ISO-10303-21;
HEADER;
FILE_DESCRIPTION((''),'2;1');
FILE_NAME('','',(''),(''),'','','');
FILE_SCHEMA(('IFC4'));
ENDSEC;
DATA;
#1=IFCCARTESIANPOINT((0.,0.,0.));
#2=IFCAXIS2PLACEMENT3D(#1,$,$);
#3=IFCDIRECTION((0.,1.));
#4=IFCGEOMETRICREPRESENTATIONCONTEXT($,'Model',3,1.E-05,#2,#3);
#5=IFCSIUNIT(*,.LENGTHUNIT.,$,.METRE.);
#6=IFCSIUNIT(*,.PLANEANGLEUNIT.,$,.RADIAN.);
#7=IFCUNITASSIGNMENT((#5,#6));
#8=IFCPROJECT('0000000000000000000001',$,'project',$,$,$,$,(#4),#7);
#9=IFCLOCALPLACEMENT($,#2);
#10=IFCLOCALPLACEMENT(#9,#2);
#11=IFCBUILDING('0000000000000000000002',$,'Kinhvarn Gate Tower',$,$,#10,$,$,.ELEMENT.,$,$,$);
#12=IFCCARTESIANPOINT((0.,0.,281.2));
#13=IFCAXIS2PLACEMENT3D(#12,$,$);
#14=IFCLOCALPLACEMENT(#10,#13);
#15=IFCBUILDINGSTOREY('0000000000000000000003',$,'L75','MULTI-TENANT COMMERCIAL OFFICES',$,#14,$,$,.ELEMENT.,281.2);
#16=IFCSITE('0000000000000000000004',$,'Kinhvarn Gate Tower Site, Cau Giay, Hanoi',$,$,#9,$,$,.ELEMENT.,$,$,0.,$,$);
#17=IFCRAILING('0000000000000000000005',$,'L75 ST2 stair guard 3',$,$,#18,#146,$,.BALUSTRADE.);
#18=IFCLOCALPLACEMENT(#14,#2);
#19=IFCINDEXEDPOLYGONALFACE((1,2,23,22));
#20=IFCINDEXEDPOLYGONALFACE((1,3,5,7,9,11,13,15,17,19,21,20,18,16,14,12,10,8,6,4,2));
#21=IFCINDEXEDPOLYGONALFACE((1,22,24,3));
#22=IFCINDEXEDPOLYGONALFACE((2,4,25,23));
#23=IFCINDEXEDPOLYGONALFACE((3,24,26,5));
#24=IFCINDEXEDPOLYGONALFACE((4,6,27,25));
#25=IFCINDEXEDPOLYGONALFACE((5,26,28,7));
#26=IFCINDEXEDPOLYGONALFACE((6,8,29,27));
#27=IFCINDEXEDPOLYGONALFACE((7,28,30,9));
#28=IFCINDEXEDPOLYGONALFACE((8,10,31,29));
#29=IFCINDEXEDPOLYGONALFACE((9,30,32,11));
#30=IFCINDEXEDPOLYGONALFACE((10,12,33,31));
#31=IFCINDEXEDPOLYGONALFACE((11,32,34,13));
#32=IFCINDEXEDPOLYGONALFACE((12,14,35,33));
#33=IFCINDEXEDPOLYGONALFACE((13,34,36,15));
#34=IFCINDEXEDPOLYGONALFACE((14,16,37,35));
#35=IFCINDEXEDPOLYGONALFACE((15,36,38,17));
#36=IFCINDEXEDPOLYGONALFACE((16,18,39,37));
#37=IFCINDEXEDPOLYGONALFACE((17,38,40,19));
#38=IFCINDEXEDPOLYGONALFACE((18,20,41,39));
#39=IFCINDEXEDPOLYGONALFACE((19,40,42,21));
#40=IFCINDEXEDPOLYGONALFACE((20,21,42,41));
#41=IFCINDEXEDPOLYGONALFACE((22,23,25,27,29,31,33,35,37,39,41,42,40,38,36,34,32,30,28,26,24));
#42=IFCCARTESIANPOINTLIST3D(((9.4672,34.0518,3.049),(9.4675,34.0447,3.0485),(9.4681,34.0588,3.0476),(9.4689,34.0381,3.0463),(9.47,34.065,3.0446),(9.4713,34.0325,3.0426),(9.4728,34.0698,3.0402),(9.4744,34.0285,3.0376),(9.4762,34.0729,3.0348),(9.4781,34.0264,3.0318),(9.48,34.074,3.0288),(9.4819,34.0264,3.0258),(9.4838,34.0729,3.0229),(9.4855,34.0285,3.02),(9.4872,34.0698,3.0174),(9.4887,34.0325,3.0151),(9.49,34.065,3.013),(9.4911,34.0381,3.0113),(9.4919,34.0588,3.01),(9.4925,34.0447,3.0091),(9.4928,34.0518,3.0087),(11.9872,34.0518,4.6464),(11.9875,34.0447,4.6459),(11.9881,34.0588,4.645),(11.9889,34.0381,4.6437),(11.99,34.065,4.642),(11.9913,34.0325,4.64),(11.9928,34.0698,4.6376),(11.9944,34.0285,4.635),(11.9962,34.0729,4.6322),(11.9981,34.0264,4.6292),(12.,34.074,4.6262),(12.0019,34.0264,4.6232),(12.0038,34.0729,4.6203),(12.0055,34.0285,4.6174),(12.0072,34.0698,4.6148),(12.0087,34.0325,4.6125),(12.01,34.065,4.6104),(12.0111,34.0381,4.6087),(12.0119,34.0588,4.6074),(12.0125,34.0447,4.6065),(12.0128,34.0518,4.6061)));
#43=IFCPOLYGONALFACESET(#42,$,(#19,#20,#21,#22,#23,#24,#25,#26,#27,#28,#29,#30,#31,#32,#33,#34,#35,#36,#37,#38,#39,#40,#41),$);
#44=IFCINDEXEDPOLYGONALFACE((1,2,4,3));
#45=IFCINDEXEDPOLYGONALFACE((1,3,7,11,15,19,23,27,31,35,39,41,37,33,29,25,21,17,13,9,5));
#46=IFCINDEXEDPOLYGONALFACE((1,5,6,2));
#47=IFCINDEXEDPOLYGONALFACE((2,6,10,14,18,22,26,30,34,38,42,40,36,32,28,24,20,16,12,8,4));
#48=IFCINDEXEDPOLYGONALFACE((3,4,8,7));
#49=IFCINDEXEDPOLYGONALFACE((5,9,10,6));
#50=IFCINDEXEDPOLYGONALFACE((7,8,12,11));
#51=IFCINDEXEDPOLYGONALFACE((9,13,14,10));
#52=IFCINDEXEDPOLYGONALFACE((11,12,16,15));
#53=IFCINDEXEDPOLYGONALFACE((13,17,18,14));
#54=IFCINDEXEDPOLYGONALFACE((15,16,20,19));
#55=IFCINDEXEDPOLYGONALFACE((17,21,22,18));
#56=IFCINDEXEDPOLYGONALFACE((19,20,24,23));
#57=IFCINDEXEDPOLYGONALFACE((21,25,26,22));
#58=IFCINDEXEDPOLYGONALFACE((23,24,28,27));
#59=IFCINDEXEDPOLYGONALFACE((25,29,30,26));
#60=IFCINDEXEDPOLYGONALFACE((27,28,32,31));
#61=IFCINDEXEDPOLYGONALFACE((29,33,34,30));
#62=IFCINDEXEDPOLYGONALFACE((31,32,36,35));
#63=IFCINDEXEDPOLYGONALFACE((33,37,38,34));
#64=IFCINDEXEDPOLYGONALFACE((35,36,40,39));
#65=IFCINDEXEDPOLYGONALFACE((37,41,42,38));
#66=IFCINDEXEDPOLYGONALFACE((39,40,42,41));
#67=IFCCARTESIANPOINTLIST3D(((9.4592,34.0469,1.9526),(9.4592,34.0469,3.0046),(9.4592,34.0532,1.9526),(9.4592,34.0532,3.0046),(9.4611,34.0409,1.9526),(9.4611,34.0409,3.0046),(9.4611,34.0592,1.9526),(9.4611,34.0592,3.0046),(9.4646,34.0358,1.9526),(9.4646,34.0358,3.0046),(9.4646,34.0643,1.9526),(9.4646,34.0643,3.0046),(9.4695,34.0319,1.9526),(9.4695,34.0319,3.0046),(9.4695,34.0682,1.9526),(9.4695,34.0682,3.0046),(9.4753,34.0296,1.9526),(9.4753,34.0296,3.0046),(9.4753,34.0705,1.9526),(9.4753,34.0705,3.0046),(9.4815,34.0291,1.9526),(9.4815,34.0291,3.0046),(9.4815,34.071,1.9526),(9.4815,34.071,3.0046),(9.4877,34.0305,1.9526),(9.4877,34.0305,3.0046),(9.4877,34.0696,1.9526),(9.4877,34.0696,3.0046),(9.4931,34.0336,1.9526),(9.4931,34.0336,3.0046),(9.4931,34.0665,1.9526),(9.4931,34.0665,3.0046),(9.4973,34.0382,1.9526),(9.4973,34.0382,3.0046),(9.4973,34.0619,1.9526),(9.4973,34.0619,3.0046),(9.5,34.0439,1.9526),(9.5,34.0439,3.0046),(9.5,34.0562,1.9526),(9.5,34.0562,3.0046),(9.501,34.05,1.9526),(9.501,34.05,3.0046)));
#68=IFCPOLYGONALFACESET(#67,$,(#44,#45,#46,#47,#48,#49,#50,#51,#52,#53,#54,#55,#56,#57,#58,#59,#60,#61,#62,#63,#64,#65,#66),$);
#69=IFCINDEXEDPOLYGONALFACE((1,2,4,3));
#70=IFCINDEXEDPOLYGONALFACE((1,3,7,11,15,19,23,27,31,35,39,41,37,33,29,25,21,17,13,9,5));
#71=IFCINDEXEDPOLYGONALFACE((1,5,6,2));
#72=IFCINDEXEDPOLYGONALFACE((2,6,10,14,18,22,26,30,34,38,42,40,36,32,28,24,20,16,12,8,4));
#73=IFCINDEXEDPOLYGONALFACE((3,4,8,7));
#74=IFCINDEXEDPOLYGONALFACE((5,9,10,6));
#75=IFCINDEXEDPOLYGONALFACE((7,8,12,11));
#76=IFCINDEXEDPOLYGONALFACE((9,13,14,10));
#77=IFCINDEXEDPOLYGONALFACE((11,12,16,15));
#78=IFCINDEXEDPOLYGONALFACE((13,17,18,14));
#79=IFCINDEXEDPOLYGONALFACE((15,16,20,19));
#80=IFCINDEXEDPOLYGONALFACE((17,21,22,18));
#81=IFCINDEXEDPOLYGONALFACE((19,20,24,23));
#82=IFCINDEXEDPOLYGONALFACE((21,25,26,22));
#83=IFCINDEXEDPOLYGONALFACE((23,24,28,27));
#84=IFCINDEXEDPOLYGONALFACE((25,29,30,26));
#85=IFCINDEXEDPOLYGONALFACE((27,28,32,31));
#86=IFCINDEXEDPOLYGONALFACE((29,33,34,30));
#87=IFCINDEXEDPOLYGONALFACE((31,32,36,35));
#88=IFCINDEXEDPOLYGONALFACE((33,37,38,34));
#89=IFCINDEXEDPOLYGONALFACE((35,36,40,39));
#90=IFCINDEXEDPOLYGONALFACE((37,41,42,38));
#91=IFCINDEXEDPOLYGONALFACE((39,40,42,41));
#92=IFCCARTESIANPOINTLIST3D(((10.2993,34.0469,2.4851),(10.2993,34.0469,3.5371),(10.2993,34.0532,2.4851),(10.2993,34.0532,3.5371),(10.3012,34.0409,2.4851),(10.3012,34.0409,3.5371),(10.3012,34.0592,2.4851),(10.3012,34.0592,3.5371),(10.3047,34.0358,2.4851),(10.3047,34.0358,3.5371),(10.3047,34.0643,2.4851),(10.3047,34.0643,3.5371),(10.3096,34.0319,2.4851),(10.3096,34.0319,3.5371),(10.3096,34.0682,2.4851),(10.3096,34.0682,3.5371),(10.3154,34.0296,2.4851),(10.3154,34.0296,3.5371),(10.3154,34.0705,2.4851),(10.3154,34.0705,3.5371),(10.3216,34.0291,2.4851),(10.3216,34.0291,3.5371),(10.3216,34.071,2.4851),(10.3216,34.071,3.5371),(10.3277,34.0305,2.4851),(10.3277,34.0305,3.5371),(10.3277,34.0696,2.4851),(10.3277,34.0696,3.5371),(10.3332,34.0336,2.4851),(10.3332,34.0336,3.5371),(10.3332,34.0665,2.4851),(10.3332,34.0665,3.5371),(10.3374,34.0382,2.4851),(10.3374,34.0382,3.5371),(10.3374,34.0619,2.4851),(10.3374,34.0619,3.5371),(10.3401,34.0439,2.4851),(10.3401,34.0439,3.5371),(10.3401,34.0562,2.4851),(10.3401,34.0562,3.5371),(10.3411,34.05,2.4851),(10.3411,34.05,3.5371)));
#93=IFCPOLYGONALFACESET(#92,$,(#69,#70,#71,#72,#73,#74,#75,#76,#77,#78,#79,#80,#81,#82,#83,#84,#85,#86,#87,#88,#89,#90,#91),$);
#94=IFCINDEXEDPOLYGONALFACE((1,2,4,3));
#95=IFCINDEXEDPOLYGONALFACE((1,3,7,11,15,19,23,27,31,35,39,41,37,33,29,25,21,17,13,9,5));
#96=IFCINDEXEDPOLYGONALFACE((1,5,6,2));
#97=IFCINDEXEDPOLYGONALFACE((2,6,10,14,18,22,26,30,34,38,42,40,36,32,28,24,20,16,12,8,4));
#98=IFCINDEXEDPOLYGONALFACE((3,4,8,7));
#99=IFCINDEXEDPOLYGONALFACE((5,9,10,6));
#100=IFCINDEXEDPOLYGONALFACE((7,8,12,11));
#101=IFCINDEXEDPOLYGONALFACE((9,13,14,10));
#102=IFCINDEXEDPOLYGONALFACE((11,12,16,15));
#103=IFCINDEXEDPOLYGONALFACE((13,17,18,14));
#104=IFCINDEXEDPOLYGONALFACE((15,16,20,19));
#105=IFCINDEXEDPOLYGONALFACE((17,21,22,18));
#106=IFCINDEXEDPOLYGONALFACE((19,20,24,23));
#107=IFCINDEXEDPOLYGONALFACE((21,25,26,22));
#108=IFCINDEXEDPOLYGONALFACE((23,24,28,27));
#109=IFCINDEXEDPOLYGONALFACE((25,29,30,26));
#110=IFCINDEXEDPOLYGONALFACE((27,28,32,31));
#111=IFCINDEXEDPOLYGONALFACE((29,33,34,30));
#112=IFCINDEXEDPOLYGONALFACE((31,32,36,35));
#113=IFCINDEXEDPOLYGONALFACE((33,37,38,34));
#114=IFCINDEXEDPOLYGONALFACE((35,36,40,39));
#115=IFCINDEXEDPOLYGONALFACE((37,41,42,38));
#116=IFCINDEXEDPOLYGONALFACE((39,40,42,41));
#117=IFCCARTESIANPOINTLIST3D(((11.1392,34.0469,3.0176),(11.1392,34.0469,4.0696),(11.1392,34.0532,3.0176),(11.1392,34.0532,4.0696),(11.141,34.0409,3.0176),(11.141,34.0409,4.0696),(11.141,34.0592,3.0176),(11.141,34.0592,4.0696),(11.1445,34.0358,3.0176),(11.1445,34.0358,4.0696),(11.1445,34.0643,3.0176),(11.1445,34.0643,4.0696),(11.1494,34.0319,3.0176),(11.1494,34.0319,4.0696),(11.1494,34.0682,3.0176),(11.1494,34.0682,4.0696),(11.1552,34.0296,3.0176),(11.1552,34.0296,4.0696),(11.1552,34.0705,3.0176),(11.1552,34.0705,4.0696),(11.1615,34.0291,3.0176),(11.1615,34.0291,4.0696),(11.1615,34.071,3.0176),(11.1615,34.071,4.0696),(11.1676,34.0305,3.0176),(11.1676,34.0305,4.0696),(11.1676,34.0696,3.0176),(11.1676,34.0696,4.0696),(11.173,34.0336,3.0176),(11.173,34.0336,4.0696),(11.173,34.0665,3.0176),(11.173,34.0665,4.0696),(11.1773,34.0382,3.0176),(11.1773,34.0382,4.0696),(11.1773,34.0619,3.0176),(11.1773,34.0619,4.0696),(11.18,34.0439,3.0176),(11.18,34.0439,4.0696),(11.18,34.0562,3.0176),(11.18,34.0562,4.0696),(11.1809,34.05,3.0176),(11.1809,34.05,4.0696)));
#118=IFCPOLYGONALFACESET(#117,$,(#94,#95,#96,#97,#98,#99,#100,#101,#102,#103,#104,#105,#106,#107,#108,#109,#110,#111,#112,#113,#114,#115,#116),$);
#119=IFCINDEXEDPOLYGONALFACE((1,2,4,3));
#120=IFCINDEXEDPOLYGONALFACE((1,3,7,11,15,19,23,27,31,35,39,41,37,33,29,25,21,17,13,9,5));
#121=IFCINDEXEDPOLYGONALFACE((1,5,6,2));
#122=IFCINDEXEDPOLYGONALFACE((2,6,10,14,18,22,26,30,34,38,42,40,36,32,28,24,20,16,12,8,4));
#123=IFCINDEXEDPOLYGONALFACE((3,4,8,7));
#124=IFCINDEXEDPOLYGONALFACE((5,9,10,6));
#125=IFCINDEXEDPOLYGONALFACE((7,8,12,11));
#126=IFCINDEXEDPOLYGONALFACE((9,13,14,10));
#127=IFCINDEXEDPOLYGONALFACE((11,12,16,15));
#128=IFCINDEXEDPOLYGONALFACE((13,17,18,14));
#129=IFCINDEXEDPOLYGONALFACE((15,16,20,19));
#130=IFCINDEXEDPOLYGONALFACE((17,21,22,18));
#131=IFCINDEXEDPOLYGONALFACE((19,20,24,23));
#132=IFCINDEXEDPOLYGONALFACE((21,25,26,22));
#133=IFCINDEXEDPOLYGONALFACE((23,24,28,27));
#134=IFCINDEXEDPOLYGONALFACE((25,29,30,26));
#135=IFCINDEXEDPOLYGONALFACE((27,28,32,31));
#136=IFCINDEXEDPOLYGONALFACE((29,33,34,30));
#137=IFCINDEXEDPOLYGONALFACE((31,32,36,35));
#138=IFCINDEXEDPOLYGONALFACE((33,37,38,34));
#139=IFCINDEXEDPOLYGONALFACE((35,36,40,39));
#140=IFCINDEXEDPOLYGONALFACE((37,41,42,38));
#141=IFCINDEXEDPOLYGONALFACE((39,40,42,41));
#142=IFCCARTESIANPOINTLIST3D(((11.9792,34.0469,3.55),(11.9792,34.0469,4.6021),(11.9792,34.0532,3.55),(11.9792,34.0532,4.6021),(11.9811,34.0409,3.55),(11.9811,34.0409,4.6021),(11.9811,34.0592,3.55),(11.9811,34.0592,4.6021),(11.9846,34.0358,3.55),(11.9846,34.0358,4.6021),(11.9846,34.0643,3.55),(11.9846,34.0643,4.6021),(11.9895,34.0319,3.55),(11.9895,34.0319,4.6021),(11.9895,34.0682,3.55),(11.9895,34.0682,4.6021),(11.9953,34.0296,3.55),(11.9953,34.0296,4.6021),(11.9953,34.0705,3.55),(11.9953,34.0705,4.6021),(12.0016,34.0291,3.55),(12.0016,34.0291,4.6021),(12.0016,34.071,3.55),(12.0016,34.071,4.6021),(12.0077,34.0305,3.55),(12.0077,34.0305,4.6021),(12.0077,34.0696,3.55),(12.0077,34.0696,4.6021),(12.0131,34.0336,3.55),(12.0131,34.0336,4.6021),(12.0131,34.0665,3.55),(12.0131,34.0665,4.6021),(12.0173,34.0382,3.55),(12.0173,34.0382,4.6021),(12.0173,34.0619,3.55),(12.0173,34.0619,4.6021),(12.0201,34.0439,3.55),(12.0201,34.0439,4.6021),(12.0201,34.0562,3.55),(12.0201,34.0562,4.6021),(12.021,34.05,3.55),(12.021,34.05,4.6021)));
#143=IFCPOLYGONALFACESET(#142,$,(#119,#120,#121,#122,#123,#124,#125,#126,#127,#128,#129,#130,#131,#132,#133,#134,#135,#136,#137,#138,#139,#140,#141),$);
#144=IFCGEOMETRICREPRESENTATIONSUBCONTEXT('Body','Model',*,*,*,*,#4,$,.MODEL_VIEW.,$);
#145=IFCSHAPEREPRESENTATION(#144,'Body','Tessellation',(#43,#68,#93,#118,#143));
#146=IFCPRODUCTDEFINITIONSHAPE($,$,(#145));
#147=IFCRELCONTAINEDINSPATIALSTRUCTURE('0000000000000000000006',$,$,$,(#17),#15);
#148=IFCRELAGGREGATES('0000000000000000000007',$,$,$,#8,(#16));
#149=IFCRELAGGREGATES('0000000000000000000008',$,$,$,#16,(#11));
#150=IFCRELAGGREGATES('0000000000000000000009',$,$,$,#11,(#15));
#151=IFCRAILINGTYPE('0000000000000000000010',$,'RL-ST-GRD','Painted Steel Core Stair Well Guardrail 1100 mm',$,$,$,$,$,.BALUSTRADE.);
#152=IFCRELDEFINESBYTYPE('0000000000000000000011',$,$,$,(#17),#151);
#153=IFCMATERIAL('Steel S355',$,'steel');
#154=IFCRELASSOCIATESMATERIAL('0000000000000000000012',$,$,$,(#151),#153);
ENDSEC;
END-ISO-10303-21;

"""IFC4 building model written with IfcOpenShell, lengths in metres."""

from ifc_helpers import new_model, si_unit, direction, frame, origin, origin_2d, place, context, subcontext, project, spatial, circle, extrude, material, type_object, element, save


model = new_model("IFC4")

# Units and contexts
model_context = context("Model", 3, precision=1e-05, world=origin(), true_north=direction((0.0, 1.0)))
body_context = subcontext(model_context, "Body", "Model", "MODEL_VIEW")
ifc_project = project(units=[si_unit("LENGTHUNIT", "METRE"), si_unit("PLANEANGLEUNIT", "RADIAN")], contexts=[model_context])

# Site, building, storey
site_placement = place(None, origin())
site = spatial("IfcSite", under=ifc_project, at=site_placement, Name="Kinhvarn Gate Tower Site, Cau Giay, Hanoi", CompositionType="ELEMENT", RefElevation=0.0)
building_placement = place(site_placement, origin())
building = spatial("IfcBuilding", under=site, at=building_placement, Name="Kinhvarn Gate Tower", CompositionType="ELEMENT")
storey_placement = place(building_placement, frame((0.0, 0.0, 281.2)))
storey = spatial("IfcBuildingStorey", under=building, at=storey_placement, Name="L75", Description="MULTI-TENANT COMMERCIAL OFFICES", CompositionType="ELEMENT", Elevation=281.2)

# Railing
ifc_material_1 = material(Name="Steel S355", Category="steel")
railing_type_1 = type_object("IfcRailingType", Name="RL-ST-GRD", Description="Painted Steel Core Stair Well Guardrail 1100 mm", PredefinedType="BALUSTRADE", material=ifc_material_1)
railing_1_placement = place(storey_placement, frame((9.48, 34.05, 1.9526)))
element("IfcRailing", 1, at=railing_1_placement, inside=storey, type_object=railing_type_1, Name="L75 ST2 stair guard 3", PredefinedType="BALUSTRADE", context=body_context, shape_type="SweptSolid", body=[
    extrude(circle(Radius=0.0239, at=origin_2d()), frame((0.0, 0.0, 1.0762), z_axis=(0.844607, 0.0, 0.535387), x_axis=(0.0, 1.0, 0.0)), (0.0, 0.0, 1.0), 2.9836),
    extrude(circle(Radius=0.021, at=origin_2d()), origin(), (0.0, 0.0, 1.0), 1.052),
    extrude(circle(Radius=0.021, at=origin_2d()), frame((0.8401, 0.0, 0.5325)), (0.0, 0.0, 1.0), 1.052),
    extrude(circle(Radius=0.021, at=origin_2d()), frame((1.6799, 0.0, 1.0649)), (0.0, 0.0, 1.0), 1.052),
    extrude(circle(Radius=0.021, at=origin_2d()), frame((2.52, 0.0, 1.5974)), (0.0, 0.0, 1.0), 1.052),
])

save(model, "model.ifc")
